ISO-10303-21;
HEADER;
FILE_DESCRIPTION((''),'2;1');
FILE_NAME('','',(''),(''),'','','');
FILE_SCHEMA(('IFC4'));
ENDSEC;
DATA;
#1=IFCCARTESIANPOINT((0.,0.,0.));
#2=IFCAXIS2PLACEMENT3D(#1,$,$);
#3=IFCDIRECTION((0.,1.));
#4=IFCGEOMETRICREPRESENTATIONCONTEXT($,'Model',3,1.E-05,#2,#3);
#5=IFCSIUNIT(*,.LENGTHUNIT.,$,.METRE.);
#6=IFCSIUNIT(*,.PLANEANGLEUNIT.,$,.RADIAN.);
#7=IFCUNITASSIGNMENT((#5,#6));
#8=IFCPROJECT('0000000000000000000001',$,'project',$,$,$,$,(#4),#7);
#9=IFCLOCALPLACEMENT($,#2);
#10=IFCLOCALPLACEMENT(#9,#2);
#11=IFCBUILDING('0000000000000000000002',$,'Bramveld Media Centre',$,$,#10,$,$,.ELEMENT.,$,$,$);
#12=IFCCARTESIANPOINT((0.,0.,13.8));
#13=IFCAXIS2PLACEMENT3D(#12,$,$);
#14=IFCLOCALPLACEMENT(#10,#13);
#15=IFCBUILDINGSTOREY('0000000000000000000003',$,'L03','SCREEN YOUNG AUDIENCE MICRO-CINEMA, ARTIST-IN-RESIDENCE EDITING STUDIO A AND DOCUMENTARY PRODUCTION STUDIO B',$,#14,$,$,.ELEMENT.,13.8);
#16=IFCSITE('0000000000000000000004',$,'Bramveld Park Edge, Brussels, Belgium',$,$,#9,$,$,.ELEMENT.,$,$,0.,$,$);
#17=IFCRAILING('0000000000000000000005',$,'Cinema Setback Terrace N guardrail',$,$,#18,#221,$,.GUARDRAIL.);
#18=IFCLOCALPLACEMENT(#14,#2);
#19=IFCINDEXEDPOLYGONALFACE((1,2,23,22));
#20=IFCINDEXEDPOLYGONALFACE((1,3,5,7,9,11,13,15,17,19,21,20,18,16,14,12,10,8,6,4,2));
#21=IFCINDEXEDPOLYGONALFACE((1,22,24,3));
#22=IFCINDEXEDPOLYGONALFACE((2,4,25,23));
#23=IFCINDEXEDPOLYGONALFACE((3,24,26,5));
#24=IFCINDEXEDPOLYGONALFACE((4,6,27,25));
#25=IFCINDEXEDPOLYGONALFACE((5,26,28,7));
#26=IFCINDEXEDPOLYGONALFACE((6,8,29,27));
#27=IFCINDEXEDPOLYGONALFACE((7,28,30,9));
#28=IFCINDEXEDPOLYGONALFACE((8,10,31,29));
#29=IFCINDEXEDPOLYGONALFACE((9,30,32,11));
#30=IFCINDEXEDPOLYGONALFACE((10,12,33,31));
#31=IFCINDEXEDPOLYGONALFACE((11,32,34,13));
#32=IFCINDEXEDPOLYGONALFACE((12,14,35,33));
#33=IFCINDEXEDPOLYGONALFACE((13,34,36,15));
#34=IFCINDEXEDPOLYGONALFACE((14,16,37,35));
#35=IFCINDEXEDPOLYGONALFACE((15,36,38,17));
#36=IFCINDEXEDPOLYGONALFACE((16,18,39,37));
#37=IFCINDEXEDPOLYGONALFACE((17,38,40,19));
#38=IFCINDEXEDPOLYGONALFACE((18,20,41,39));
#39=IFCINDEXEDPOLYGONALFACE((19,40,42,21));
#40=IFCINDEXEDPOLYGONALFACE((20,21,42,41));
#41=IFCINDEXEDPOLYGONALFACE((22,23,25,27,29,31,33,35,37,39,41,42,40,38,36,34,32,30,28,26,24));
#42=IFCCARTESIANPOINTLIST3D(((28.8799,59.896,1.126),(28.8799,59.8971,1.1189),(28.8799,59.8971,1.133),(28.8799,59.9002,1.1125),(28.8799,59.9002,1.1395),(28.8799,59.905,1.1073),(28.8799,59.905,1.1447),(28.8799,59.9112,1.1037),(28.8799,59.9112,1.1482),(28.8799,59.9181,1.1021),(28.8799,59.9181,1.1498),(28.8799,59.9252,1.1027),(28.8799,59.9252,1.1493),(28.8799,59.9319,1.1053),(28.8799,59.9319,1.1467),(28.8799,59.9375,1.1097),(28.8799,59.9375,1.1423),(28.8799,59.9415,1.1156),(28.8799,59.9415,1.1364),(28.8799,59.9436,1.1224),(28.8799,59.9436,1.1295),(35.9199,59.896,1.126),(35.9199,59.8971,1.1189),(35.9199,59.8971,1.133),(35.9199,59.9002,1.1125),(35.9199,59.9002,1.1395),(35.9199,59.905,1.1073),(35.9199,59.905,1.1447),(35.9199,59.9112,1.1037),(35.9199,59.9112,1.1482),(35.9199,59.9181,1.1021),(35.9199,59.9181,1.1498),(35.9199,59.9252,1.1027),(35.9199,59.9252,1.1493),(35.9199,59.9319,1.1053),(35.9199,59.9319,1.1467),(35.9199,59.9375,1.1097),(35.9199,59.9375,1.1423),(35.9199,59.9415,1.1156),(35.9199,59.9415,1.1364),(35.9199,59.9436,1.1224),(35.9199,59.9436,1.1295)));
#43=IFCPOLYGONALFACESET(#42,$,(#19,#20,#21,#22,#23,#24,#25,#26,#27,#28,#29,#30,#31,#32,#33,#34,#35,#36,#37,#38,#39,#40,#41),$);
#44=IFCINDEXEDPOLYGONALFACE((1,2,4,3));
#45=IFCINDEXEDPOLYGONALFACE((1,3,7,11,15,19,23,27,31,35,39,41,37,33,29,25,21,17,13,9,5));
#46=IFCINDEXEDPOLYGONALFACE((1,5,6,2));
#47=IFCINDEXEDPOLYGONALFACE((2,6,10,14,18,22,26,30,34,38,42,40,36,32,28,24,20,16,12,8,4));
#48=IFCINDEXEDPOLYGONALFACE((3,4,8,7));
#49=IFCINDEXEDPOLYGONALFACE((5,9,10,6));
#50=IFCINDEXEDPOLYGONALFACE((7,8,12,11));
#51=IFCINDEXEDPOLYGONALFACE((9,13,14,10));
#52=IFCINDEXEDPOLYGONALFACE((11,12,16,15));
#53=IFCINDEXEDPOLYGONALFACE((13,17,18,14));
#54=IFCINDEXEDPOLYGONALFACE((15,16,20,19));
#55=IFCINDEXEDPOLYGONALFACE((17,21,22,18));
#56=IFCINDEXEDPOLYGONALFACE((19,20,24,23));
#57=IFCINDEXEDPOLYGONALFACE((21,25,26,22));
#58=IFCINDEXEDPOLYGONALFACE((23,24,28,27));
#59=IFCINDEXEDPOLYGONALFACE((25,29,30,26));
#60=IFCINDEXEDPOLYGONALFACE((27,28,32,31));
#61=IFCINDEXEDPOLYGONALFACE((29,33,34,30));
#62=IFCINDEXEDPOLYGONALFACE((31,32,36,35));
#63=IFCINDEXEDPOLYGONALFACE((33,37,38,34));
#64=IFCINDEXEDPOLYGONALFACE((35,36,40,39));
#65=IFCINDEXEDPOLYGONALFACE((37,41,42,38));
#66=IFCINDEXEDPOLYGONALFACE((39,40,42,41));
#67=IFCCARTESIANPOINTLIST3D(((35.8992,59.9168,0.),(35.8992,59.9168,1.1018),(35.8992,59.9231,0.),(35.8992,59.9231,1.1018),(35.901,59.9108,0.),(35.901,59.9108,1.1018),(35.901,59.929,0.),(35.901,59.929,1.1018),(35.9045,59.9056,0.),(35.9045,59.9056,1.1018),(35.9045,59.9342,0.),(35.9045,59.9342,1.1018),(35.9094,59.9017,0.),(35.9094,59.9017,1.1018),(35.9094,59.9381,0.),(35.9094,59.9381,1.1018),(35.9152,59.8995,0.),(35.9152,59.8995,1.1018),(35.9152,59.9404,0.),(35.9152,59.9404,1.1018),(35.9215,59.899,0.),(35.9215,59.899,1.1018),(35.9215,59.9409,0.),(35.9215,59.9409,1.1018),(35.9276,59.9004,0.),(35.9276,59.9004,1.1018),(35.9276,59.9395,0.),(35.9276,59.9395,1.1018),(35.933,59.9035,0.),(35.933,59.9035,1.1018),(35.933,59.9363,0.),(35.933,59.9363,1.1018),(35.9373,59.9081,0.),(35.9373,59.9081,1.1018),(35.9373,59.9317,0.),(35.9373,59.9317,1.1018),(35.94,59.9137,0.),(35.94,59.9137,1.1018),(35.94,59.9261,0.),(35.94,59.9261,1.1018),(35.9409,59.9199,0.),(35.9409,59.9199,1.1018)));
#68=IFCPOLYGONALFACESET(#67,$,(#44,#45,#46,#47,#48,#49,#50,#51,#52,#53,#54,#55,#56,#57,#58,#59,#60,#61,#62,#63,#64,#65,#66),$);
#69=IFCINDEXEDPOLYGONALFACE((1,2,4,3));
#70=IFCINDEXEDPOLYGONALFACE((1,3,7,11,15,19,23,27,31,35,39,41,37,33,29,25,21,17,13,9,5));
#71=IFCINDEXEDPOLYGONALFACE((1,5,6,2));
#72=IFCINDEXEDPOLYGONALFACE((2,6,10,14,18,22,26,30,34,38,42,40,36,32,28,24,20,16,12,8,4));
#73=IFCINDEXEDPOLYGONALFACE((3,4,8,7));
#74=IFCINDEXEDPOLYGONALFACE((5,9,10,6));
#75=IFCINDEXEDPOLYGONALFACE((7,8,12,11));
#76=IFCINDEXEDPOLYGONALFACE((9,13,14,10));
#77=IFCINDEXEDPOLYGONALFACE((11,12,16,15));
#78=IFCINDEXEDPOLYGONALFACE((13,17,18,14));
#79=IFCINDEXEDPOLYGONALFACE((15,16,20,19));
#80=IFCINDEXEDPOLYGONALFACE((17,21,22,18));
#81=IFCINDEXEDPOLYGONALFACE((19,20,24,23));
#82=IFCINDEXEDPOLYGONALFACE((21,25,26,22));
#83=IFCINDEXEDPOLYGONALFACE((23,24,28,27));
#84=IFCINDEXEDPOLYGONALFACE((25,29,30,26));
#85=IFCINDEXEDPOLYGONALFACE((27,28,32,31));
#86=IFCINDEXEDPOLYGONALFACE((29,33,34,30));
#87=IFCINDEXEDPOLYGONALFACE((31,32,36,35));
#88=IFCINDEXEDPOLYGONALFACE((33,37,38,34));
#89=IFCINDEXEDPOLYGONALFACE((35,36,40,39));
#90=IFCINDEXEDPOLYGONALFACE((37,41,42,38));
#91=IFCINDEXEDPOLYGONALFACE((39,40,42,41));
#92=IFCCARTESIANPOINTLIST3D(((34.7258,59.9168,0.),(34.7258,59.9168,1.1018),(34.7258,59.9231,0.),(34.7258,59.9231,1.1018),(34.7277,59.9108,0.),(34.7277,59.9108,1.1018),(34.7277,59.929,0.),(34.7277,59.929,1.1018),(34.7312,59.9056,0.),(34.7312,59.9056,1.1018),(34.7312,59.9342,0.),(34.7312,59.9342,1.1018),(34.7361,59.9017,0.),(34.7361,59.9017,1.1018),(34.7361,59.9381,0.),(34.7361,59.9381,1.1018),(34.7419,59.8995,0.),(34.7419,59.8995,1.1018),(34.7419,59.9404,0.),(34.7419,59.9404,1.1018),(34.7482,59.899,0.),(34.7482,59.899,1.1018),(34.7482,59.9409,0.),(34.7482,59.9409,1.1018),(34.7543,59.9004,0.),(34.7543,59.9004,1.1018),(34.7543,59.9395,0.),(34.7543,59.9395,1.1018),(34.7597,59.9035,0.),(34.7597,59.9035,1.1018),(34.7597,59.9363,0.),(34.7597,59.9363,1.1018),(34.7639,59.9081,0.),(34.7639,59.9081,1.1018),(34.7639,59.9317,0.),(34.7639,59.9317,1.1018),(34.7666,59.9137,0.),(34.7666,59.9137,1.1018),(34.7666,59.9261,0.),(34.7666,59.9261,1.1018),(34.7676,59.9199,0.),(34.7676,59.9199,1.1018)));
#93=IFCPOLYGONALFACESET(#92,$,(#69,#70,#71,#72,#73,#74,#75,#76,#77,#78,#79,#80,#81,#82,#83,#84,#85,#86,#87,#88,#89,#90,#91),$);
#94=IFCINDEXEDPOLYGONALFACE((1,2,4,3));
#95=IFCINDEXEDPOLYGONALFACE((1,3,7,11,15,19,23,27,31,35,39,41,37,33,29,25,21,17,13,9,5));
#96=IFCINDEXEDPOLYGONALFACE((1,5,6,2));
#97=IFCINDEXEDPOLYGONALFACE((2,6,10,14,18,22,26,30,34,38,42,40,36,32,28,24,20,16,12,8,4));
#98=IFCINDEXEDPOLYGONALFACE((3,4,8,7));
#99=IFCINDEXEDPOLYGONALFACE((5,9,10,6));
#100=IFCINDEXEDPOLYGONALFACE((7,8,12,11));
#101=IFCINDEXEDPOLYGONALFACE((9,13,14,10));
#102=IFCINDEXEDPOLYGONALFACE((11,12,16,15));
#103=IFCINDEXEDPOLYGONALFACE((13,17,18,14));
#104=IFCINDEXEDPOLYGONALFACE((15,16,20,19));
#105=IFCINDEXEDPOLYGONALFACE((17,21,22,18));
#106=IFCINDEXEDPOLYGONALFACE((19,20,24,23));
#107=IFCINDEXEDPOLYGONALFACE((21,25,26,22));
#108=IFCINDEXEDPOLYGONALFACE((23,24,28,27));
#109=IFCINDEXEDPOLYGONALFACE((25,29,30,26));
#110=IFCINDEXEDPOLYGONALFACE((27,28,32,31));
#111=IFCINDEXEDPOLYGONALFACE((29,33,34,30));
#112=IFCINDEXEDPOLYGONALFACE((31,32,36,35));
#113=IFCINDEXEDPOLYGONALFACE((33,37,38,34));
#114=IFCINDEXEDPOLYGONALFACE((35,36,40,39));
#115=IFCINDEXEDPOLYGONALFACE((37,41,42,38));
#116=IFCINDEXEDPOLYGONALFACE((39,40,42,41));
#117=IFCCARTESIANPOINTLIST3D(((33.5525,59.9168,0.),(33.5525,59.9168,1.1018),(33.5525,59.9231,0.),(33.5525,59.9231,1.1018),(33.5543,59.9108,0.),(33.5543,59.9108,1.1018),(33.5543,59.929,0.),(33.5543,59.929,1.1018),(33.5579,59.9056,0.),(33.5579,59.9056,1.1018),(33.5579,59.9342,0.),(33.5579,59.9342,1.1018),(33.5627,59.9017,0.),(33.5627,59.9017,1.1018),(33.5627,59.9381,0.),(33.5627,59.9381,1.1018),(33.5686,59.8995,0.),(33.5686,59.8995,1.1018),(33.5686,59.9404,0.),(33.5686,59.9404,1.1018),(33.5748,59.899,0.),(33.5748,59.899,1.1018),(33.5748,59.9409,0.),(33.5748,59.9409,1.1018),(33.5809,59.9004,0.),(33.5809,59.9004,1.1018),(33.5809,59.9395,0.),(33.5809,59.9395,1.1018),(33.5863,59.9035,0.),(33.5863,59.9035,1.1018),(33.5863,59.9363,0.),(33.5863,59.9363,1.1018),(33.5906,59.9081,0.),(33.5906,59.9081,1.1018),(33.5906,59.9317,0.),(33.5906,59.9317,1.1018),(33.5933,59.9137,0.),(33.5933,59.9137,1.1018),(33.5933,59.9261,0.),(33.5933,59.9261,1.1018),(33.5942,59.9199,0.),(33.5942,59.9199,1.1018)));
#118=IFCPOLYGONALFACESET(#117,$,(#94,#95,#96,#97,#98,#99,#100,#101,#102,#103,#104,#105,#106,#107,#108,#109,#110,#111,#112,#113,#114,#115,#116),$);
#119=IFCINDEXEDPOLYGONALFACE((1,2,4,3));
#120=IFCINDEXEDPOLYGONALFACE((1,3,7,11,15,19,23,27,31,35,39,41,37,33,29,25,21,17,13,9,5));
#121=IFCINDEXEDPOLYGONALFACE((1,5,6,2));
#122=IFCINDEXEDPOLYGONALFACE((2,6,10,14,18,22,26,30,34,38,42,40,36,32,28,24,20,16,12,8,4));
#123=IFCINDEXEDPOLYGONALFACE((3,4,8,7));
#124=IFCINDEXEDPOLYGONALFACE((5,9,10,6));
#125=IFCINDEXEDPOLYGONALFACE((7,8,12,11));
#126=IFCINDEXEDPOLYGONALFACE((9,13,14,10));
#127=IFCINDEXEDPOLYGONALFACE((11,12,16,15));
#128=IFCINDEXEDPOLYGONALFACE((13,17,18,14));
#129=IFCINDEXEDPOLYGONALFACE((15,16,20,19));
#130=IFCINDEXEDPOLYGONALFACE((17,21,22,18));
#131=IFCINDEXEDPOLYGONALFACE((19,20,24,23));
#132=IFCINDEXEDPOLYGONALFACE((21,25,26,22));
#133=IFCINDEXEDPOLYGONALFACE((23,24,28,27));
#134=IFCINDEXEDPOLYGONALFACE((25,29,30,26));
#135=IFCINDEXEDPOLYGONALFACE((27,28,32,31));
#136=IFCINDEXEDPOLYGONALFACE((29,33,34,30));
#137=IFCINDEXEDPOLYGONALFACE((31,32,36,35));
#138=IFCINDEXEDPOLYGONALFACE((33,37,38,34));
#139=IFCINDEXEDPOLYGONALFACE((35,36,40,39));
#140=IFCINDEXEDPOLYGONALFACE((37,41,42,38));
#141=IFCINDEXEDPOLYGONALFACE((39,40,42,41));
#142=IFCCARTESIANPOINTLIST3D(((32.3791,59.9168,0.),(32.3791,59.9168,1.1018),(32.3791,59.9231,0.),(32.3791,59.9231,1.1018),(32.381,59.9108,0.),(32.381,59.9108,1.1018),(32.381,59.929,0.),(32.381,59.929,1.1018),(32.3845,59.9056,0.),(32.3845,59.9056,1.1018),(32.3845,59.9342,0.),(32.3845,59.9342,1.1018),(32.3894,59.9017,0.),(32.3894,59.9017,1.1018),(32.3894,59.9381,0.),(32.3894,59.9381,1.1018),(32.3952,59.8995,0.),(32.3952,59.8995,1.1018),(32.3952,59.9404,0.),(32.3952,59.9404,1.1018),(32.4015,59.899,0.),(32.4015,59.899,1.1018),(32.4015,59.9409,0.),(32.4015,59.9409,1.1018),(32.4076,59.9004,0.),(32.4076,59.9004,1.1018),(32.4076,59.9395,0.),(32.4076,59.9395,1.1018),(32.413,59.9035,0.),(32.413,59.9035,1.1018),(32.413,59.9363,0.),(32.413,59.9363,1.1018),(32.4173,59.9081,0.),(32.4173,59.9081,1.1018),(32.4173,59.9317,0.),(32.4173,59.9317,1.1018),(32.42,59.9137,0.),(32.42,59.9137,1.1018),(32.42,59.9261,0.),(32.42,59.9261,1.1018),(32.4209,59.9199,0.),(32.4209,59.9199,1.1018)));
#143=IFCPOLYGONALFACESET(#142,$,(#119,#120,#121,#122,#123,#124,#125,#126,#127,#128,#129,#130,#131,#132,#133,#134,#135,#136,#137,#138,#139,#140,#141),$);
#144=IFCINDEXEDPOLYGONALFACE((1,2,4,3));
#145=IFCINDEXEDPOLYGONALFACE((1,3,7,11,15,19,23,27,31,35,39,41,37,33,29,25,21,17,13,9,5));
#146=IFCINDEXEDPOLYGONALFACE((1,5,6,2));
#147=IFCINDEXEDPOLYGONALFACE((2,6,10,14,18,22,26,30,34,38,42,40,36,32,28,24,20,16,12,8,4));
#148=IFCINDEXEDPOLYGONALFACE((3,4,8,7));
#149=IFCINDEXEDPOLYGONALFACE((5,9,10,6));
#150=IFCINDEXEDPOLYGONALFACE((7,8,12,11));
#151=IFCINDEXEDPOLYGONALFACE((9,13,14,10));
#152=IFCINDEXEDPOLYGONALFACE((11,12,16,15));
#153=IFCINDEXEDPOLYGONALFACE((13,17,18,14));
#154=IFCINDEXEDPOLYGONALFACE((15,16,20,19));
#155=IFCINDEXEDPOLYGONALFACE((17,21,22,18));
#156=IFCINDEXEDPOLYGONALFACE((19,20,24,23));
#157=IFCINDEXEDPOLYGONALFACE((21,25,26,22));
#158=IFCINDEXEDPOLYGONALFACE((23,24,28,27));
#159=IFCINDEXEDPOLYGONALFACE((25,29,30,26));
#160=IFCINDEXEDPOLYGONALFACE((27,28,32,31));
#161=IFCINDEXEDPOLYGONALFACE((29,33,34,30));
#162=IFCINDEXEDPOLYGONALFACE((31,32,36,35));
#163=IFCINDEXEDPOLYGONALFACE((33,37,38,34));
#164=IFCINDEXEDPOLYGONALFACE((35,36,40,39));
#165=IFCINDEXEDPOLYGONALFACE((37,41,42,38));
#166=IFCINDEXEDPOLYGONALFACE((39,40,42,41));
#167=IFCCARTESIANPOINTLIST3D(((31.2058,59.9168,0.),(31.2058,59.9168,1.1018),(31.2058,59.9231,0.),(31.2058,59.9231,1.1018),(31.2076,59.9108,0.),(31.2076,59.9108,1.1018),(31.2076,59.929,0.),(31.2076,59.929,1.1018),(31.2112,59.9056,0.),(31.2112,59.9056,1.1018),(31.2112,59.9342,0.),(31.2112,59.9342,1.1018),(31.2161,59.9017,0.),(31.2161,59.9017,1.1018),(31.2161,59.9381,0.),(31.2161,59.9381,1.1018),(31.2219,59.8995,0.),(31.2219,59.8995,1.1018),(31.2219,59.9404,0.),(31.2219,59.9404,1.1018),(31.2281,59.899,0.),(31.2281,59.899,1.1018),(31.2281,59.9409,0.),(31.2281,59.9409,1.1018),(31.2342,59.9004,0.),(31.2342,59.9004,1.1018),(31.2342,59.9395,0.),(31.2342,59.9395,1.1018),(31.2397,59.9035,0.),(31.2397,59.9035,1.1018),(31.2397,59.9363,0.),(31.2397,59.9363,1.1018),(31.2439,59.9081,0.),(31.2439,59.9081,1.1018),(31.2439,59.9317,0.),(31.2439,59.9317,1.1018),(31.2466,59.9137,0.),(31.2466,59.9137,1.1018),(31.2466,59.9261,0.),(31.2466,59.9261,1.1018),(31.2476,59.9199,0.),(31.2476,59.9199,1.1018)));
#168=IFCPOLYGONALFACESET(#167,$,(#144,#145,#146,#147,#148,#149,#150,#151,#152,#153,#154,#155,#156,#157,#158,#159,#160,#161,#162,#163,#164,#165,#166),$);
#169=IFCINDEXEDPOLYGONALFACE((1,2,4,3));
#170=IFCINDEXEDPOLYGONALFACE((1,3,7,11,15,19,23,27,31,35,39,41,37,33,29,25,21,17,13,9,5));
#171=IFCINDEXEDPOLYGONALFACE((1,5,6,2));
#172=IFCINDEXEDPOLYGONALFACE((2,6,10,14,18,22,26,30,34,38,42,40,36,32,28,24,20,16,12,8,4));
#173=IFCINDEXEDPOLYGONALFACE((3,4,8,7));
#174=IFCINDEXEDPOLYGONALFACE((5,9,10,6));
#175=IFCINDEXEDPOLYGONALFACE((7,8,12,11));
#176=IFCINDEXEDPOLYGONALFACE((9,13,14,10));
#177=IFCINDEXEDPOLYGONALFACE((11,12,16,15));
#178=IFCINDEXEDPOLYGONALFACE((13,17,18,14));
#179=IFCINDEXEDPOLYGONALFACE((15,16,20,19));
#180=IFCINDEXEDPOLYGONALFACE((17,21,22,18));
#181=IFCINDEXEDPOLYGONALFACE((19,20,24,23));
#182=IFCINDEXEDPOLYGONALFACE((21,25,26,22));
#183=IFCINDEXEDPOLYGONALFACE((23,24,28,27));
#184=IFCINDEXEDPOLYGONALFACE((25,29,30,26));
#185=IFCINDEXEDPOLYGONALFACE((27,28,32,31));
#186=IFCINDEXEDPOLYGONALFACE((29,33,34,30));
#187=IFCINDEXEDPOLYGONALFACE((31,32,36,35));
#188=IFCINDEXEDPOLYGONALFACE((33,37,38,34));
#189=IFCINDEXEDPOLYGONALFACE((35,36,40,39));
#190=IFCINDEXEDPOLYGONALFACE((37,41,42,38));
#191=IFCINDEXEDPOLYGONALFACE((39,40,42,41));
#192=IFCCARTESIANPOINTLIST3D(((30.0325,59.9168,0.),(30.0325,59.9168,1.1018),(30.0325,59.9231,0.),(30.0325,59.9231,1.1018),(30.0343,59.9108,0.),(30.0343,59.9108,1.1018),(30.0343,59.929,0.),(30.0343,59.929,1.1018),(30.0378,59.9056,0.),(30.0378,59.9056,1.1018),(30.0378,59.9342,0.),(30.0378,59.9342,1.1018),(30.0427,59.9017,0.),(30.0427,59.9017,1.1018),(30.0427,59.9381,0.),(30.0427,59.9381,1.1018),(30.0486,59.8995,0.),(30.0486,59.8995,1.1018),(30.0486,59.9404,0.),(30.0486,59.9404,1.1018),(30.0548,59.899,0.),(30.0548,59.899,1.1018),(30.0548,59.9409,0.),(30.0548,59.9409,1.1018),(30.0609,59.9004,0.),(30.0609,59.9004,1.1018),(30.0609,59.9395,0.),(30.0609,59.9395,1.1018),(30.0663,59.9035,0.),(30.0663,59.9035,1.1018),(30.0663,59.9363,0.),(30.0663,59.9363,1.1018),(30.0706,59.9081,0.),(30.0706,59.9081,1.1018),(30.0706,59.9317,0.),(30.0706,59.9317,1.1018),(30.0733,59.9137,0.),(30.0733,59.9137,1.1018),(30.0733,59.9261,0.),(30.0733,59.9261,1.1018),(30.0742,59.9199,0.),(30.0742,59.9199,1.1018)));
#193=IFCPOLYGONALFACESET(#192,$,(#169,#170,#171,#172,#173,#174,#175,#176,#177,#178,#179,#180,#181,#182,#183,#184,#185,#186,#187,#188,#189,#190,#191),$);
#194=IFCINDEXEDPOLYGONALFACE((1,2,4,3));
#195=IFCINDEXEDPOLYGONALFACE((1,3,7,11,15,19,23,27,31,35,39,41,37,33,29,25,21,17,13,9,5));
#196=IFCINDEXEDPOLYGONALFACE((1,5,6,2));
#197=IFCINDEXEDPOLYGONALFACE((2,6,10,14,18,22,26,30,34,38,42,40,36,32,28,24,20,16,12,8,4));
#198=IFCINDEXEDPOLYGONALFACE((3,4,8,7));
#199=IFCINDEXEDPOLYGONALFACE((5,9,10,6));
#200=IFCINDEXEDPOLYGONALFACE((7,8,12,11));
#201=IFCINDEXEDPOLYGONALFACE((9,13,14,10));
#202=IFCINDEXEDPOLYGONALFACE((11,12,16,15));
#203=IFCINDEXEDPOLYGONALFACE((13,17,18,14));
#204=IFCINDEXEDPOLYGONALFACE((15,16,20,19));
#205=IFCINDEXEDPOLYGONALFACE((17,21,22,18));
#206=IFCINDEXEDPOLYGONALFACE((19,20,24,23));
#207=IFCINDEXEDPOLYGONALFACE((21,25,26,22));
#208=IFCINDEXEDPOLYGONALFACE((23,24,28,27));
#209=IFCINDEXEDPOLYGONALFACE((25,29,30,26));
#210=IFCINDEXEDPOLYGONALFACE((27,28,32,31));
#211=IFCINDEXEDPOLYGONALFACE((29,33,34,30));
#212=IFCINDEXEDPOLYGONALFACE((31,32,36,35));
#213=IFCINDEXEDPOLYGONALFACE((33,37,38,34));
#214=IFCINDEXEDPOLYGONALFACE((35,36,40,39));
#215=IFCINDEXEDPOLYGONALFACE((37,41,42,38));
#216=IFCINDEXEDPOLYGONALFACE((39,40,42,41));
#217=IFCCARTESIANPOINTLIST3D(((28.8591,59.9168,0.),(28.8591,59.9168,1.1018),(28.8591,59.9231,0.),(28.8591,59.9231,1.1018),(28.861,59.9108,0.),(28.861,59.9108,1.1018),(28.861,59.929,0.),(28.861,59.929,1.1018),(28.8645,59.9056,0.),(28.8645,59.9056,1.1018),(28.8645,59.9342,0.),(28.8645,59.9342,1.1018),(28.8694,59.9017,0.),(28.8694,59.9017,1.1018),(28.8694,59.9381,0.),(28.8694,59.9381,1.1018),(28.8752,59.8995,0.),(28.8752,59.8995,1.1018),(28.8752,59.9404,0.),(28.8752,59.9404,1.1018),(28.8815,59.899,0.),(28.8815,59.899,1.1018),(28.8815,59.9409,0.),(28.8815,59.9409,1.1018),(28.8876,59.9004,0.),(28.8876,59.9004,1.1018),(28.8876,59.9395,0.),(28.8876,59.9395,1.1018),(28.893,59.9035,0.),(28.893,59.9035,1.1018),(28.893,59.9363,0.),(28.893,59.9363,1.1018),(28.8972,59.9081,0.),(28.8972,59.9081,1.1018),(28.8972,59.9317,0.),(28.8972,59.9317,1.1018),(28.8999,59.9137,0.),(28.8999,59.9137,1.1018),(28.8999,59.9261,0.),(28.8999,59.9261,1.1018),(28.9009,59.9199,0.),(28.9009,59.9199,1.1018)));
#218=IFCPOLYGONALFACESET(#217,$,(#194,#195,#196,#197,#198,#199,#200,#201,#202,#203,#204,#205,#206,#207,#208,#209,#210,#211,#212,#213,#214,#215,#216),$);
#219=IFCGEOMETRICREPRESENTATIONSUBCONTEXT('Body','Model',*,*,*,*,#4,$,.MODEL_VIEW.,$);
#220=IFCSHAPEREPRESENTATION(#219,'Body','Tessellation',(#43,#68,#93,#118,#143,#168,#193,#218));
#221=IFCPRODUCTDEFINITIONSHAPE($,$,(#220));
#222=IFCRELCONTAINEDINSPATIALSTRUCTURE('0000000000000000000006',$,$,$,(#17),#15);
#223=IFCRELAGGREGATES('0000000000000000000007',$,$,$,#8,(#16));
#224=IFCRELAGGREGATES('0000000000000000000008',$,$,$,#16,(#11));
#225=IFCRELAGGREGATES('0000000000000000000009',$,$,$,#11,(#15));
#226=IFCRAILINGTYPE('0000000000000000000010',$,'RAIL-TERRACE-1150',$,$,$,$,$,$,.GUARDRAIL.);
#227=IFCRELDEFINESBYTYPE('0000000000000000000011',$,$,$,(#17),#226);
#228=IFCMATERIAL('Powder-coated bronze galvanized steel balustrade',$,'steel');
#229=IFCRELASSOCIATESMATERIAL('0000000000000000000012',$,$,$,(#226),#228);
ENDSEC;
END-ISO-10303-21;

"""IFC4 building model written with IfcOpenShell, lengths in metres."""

from ifc_helpers import new_model, si_unit, direction, frame, origin, origin_2d, place, context, subcontext, project, spatial, circle, extrude, material, type_object, element, save


model = new_model("IFC4")

# Units and contexts
model_context = context("Model", 3, precision=1e-05, world=origin(), true_north=direction((0.0, 1.0)))
body_context = subcontext(model_context, "Body", "Model", "MODEL_VIEW")
ifc_project = project(units=[si_unit("LENGTHUNIT", "METRE"), si_unit("PLANEANGLEUNIT", "RADIAN")], contexts=[model_context])

# Site, building, storey
site_placement = place(None, origin())
site = spatial("IfcSite", under=ifc_project, at=site_placement, Name="Bramveld Park Edge, Brussels, Belgium", CompositionType="ELEMENT", RefElevation=0.0)
building_placement = place(site_placement, origin())
building = spatial("IfcBuilding", under=site, at=building_placement, Name="Bramveld Media Centre", CompositionType="ELEMENT")
storey_placement = place(building_placement, frame((0.0, 0.0, 13.8)))
storey = spatial("IfcBuildingStorey", under=building, at=storey_placement, Name="L03", Description="SCREEN YOUNG AUDIENCE MICRO-CINEMA, ARTIST-IN-RESIDENCE EDITING STUDIO A AND DOCUMENTARY PRODUCTION STUDIO B", CompositionType="ELEMENT", Elevation=13.8)

# Railing
ifc_material_1 = material(Name="Powder-coated bronze galvanized steel balustrade", Category="steel")
railing_type_1 = type_object("IfcRailingType", Name="RAIL-TERRACE-1150", PredefinedType="GUARDRAIL", material=ifc_material_1)
railing_1_placement = place(storey_placement, frame((35.9199, 59.9199, 0.0)))
element("IfcRailing", 1, at=railing_1_placement, inside=storey, type_object=railing_type_1, Name="Cinema Setback Terrace N guardrail", PredefinedType="GUARDRAIL", context=body_context, shape_type="SweptSolid", body=[
    extrude(circle(Radius=0.0239, at=origin_2d()), frame((0.0, 0.0, 1.126), z_axis=(-1.0, 0.0, 0.0), x_axis=(0.0, -1.0, 0.0)), (0.0, 0.0, 1.0), 7.04),
    extrude(circle(Radius=0.021, at=origin_2d()), origin(), (0.0, 0.0, 1.0), 1.1018),
    extrude(circle(Radius=0.021, at=origin_2d()), frame((-1.1733, 0.0, 0.0)), (0.0, 0.0, 1.0), 1.1018),
    extrude(circle(Radius=0.021, at=origin_2d()), frame((-2.3467, 0.0, 0.0)), (0.0, 0.0, 1.0), 1.1018),
    extrude(circle(Radius=0.021, at=origin_2d()), frame((-3.52, 0.0, 0.0)), (0.0, 0.0, 1.0), 1.1018),
    extrude(circle(Radius=0.021, at=origin_2d()), frame((-4.6934, 0.0, 0.0)), (0.0, 0.0, 1.0), 1.1018),
    extrude(circle(Radius=0.021, at=origin_2d()), frame((-5.8667, 0.0, 0.0)), (0.0, 0.0, 1.0), 1.1018),
    extrude(circle(Radius=0.021, at=origin_2d()), frame((-7.04, 0.0, 0.0)), (0.0, 0.0, 1.0), 1.1018),
])

save(model, "model.ifc")
